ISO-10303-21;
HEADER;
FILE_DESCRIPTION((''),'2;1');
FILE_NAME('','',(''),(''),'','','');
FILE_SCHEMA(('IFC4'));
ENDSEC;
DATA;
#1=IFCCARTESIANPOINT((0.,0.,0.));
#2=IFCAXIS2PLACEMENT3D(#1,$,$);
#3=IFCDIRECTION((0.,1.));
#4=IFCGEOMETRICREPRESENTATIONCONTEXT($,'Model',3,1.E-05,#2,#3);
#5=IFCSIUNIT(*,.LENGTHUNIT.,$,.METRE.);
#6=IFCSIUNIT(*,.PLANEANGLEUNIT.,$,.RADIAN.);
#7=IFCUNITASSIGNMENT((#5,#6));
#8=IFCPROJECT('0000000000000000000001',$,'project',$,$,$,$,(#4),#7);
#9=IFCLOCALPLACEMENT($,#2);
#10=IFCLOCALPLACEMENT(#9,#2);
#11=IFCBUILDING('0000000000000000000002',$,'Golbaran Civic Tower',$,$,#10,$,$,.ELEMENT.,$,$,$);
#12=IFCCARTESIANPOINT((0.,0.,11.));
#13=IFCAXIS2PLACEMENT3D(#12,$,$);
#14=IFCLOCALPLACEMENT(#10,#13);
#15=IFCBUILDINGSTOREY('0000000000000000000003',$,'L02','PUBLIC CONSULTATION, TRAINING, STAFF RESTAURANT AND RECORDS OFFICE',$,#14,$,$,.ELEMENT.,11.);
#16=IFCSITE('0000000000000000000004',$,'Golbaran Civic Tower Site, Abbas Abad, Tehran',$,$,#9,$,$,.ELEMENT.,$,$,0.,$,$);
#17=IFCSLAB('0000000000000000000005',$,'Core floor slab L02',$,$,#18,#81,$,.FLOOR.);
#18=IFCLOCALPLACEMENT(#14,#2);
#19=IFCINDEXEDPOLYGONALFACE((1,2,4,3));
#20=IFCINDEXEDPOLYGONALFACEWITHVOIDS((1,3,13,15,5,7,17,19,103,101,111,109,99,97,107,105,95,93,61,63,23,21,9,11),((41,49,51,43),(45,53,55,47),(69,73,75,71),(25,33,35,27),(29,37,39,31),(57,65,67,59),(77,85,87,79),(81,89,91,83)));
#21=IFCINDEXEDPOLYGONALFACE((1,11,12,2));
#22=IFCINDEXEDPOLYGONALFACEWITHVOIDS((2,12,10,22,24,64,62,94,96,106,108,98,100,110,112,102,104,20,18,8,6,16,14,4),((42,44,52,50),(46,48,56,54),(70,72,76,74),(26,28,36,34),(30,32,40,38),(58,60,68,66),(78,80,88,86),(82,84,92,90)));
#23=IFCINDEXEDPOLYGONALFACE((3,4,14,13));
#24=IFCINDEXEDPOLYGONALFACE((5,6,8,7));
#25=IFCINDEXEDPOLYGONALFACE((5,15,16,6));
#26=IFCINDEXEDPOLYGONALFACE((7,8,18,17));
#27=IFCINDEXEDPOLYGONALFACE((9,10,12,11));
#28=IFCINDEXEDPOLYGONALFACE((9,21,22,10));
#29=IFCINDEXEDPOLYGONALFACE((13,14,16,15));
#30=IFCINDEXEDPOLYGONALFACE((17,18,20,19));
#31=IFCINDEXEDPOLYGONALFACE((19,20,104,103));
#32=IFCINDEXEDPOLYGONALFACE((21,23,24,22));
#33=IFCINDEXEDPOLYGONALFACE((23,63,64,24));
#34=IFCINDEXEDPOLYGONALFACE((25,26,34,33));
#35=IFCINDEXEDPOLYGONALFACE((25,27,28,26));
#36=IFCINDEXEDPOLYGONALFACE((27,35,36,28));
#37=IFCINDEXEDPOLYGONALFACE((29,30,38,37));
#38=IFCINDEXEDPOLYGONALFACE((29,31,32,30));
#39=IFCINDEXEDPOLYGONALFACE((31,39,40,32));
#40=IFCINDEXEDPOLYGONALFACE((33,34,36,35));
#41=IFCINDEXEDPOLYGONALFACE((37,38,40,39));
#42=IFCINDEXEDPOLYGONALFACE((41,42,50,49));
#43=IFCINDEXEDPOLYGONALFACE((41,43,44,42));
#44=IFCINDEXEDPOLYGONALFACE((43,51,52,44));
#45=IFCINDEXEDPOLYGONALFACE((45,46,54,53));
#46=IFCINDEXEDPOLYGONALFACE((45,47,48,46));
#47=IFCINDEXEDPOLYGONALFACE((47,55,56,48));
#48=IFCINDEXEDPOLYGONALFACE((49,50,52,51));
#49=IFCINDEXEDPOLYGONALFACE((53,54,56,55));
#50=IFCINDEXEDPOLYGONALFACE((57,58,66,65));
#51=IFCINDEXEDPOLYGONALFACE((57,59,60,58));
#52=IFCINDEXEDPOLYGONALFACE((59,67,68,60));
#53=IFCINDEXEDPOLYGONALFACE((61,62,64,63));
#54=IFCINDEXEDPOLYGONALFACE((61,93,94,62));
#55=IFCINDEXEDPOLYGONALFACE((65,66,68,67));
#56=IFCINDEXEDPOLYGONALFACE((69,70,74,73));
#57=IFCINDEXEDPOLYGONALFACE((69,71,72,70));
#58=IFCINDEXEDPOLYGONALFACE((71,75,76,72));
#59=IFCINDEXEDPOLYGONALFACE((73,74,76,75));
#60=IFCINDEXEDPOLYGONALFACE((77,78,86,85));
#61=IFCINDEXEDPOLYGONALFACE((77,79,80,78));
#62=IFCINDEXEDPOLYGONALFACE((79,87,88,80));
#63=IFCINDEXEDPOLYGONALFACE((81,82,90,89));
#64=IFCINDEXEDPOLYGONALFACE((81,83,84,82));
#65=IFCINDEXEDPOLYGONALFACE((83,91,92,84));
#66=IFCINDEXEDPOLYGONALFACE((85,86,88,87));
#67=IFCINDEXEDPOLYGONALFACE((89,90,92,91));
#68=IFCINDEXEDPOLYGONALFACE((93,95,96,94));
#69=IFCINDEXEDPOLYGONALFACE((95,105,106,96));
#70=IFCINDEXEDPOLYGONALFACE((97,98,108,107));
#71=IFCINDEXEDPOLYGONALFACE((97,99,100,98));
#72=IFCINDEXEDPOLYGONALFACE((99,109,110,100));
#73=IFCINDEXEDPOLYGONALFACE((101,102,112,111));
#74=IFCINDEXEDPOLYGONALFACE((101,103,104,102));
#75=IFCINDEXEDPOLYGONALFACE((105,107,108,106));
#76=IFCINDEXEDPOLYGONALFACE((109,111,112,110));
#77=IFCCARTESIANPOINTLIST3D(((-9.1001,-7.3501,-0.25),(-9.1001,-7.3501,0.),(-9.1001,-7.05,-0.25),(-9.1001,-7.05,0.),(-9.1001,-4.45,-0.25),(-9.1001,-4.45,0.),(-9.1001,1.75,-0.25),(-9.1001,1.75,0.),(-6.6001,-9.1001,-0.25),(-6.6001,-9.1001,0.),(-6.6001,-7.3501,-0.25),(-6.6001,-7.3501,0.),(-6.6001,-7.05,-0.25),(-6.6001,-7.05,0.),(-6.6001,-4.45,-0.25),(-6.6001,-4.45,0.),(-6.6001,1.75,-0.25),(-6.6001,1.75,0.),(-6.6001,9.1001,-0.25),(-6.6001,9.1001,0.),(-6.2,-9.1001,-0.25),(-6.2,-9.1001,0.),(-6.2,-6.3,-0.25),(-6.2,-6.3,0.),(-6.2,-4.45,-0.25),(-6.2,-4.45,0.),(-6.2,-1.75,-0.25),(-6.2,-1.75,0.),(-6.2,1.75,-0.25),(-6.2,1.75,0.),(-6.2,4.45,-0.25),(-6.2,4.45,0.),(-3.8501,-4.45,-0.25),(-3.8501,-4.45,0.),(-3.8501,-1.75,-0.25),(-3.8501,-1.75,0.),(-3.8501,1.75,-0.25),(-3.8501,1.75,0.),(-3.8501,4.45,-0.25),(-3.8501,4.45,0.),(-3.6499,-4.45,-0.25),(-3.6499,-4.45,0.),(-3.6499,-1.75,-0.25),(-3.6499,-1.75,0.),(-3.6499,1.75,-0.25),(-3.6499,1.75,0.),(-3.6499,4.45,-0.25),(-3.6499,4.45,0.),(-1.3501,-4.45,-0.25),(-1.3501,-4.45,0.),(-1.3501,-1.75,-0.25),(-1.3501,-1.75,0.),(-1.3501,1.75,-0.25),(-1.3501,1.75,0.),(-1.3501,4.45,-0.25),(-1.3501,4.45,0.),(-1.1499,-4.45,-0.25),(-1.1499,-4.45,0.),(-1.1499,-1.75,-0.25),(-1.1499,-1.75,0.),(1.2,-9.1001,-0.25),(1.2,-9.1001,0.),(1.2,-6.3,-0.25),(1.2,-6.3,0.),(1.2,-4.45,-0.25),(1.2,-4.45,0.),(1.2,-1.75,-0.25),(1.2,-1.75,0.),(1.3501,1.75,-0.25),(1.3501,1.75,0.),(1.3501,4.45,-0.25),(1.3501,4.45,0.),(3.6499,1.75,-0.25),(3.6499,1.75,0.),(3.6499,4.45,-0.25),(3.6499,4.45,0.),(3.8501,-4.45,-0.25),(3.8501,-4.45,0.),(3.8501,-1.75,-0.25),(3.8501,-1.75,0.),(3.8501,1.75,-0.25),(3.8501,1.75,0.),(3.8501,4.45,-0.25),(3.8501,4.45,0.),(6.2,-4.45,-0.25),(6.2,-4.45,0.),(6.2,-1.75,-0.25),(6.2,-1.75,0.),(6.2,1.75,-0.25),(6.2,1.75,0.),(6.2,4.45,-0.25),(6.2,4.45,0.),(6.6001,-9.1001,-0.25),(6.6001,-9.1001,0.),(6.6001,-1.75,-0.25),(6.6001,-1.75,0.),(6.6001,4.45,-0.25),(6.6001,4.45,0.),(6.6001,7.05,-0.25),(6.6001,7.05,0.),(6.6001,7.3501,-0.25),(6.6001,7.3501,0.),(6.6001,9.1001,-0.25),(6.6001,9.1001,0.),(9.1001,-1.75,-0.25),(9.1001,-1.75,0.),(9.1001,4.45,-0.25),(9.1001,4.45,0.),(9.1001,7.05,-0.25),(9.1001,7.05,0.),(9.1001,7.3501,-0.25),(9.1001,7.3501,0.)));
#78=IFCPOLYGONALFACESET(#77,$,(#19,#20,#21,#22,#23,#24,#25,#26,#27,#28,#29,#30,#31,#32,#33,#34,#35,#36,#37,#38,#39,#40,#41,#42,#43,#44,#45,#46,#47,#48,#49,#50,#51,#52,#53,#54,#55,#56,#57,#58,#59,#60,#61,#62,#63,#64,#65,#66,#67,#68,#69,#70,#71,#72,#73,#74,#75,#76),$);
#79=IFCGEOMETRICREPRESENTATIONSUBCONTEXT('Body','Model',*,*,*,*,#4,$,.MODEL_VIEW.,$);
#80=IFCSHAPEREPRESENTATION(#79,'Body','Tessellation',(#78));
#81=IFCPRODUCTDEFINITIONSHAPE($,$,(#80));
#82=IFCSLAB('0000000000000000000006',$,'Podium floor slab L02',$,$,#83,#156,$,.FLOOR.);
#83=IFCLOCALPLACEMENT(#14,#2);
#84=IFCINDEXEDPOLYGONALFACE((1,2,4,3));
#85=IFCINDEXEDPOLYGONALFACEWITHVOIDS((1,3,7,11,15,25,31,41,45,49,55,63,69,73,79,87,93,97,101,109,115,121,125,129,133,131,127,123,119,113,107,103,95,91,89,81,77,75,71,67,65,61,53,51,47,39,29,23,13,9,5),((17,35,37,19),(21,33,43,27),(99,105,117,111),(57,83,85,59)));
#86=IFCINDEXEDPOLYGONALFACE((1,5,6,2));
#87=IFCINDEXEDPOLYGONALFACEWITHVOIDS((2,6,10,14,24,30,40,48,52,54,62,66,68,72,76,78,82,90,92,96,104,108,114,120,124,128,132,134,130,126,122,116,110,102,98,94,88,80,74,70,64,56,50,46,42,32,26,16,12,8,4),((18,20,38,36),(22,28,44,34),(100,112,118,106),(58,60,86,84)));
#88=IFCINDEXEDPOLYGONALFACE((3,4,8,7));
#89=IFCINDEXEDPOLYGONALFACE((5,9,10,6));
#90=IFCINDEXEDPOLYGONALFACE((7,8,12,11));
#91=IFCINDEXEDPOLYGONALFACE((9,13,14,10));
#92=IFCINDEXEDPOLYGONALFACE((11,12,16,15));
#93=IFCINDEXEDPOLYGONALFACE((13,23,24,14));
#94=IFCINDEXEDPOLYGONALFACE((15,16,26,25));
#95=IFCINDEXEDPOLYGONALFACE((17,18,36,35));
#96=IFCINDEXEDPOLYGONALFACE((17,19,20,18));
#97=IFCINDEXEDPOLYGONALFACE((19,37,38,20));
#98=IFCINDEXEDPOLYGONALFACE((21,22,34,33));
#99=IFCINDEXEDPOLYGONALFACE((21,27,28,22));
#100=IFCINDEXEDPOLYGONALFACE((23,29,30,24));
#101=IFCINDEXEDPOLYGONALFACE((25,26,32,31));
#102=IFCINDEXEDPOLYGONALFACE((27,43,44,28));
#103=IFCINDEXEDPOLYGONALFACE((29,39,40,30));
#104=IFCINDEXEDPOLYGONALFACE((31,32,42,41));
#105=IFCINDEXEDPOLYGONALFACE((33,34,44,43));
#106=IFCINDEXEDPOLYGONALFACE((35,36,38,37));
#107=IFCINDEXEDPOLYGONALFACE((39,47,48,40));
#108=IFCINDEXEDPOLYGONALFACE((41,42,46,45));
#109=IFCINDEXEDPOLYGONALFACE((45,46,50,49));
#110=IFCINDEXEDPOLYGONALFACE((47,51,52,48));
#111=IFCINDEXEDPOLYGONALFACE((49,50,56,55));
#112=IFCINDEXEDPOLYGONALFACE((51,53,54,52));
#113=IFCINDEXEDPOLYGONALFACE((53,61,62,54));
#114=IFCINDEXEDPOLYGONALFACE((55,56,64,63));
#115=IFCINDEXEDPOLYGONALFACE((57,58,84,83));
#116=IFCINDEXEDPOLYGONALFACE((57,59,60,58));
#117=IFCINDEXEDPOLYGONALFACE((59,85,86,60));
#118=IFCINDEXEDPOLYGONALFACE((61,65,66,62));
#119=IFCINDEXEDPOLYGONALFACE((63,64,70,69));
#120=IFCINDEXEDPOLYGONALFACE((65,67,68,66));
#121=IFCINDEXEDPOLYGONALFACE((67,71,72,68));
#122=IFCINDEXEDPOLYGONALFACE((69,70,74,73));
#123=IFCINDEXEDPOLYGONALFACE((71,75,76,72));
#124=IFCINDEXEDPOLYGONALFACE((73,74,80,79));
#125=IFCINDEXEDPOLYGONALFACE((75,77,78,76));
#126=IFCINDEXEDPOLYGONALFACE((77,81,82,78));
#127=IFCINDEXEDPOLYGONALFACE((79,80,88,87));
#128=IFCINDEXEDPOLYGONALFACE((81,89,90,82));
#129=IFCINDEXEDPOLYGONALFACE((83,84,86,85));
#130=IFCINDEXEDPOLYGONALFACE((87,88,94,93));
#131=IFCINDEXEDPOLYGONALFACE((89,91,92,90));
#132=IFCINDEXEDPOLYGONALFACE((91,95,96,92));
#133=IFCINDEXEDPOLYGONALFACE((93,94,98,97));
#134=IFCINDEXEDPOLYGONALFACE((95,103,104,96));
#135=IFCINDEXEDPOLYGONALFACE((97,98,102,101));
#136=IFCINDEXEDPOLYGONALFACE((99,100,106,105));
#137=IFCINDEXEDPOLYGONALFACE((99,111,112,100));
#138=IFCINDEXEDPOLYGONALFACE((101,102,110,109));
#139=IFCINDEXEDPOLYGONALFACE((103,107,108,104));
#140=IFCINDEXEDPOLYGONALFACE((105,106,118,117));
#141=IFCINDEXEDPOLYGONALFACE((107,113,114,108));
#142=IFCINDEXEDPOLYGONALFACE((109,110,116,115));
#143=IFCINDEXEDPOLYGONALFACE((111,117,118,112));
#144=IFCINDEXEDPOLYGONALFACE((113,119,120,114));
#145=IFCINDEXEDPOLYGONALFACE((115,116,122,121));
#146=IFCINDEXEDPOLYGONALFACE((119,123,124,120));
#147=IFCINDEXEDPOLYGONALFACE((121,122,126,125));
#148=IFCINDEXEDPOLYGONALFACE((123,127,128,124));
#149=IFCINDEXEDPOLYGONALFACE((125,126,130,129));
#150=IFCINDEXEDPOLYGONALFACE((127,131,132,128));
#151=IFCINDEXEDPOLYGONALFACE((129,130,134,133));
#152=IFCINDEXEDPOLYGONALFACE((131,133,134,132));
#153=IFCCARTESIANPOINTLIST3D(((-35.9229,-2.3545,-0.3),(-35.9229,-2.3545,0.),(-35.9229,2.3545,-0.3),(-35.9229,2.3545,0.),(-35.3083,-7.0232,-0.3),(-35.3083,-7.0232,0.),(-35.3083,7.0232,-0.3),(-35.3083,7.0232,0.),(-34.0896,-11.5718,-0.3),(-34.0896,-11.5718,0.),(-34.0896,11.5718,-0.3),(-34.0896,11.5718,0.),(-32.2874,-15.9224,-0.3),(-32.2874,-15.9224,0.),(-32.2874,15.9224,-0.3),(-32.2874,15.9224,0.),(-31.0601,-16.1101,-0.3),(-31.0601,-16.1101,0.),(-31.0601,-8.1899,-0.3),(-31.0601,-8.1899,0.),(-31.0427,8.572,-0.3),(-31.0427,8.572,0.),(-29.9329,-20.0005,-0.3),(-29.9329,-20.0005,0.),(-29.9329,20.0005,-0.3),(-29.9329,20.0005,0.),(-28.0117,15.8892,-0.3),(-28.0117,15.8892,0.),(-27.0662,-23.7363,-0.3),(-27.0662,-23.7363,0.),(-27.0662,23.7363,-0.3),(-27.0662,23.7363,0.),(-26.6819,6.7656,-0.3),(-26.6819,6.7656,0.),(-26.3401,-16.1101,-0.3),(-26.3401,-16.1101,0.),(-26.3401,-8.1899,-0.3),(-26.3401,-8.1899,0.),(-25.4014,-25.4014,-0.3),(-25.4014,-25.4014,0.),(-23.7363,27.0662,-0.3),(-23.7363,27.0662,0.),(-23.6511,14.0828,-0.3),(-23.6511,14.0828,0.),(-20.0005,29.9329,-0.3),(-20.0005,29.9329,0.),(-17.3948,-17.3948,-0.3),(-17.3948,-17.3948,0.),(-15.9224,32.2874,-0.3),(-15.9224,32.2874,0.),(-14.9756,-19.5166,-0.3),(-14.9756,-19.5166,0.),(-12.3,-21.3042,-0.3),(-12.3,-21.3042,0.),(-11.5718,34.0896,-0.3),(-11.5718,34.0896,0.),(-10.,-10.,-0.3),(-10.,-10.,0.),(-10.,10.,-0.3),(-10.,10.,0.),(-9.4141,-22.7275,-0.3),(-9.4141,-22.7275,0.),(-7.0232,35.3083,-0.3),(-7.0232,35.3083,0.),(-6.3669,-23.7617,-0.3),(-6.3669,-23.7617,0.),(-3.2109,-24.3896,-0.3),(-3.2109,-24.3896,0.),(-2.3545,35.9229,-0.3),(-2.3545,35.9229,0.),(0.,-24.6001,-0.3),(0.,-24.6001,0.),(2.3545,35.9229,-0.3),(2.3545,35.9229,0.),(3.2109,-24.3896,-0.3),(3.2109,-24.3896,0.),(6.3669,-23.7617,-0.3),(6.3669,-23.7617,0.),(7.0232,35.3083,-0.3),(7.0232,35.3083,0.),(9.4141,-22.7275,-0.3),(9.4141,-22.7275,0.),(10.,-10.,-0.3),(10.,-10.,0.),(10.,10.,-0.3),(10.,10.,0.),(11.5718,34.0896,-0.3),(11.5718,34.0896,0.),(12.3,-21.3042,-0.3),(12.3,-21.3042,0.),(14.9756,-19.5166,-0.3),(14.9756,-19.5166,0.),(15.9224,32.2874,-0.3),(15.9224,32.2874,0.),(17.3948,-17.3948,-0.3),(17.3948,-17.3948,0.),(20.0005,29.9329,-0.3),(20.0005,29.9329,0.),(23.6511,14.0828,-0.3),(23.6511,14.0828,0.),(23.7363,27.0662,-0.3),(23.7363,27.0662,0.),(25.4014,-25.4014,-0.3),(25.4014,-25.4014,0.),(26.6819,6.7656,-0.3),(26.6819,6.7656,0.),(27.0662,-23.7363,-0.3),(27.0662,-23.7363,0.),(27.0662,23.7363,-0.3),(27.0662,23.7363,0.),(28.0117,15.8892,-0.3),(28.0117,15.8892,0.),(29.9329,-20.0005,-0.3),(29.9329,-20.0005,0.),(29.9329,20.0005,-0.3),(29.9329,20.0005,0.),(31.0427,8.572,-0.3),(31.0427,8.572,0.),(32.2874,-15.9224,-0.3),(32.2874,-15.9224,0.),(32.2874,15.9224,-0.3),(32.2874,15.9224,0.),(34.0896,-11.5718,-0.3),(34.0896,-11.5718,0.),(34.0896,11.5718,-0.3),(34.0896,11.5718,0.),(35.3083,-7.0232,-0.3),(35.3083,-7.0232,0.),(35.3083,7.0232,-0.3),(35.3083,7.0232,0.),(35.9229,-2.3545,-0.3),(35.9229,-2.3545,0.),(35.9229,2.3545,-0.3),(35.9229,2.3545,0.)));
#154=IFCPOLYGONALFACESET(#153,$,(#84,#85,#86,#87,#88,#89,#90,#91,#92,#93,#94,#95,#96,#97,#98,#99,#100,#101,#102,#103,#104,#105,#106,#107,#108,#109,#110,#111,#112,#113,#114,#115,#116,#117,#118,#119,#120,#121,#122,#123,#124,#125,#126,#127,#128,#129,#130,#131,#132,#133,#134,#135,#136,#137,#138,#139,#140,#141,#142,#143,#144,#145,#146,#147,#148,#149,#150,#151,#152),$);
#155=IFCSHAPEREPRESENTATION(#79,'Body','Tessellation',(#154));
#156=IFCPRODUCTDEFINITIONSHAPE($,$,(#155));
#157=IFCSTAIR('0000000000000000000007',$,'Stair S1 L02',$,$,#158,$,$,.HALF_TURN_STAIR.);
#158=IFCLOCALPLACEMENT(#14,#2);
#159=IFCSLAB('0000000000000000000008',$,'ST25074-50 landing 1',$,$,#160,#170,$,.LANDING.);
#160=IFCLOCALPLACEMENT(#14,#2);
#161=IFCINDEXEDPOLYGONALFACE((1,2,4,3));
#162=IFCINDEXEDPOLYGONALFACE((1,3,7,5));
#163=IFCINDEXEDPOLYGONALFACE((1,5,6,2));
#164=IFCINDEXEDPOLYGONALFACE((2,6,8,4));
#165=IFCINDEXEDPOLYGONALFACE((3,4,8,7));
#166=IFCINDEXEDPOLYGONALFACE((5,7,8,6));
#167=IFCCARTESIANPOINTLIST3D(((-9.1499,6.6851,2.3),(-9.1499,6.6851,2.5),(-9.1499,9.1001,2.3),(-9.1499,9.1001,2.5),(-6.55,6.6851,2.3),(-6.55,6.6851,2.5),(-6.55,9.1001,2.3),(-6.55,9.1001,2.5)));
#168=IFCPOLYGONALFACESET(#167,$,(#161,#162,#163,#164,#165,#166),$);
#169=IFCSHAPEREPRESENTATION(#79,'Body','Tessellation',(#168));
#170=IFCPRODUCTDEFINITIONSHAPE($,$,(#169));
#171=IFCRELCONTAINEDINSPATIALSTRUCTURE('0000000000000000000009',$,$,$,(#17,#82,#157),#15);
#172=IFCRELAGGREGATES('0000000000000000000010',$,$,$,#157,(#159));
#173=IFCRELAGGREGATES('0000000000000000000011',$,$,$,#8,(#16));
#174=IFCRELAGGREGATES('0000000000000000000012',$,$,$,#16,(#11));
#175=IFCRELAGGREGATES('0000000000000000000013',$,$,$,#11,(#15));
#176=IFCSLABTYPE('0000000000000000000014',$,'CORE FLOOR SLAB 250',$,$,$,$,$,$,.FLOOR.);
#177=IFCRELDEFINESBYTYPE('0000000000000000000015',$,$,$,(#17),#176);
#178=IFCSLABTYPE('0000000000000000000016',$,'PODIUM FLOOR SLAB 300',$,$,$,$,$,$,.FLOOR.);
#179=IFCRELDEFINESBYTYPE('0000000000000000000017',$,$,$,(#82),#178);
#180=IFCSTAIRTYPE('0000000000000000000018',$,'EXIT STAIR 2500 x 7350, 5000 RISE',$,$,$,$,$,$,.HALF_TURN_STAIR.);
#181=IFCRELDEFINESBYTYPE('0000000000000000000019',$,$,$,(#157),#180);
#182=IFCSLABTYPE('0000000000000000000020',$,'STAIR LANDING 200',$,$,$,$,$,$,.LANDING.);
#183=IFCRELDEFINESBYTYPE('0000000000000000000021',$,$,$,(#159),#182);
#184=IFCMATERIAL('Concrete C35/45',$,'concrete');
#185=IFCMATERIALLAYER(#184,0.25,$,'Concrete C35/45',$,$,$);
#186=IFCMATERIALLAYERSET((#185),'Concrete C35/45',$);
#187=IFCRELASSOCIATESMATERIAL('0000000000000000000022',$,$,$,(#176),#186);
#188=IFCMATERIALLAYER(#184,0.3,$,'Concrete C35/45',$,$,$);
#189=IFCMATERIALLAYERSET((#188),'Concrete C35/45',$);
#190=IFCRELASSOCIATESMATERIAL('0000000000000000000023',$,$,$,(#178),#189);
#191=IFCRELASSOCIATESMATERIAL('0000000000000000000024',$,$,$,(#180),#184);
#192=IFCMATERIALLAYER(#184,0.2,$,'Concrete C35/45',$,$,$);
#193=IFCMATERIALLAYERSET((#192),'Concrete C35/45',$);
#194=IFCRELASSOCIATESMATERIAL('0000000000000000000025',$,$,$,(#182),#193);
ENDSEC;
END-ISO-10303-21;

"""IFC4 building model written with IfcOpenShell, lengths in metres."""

from ifc_helpers import new_model, si_unit, direction, frame, origin, place, context, subcontext, project, spatial, polyline, outline, extrude, material, layer, layer_set, type_object, element, aggregate, save


model = new_model("IFC4")

# Units and contexts
model_context = context("Model", 3, precision=1e-05, world=origin(), true_north=direction((0.0, 1.0)))
body_context = subcontext(model_context, "Body", "Model", "MODEL_VIEW")
ifc_project = project(units=[si_unit("LENGTHUNIT", "METRE"), si_unit("PLANEANGLEUNIT", "RADIAN")], contexts=[model_context])

# Site, building, storey
site_placement = place(None, origin())
site = spatial("IfcSite", under=ifc_project, at=site_placement, Name="Golbaran Civic Tower Site, Abbas Abad, Tehran", CompositionType="ELEMENT", RefElevation=0.0)
building_placement = place(site_placement, origin())
building = spatial("IfcBuilding", under=site, at=building_placement, Name="Golbaran Civic Tower", CompositionType="ELEMENT")
storey_placement = place(building_placement, frame((0.0, 0.0, 11.0)))
storey = spatial("IfcBuildingStorey", under=building, at=storey_placement, Name="L02", Description="PUBLIC CONSULTATION, TRAINING, STAFF RESTAURANT AND RECORDS OFFICE", CompositionType="ELEMENT", Elevation=11.0)

# Slabs
ifc_material_1 = material(Name="Concrete C35/45", Category="concrete")
ifc_layer_1 = layer(ifc_material_1, 0.25, Name="Concrete C35/45")
ifc_layer_set_1 = layer_set([ifc_layer_1], Name="Concrete C35/45")
slab_type_1 = type_object("IfcSlabType", Name="CORE FLOOR SLAB 250", PredefinedType="FLOOR", material=ifc_layer_set_1)
slab_1_placement = place(storey_placement, frame((0.0, 0.0, -0.25)))
element("IfcSlab", 1, at=slab_1_placement, inside=storey, type_object=slab_type_1, Name="Core floor slab L02", PredefinedType="FLOOR", context=body_context, shape_type="SweptSolid", body=[
    extrude(outline(polyline([(6.6001, -1.75), (6.6001, -9.1001), (1.2, -9.1001), (1.2, -6.3), (-6.2, -6.3), (-6.2, -9.1001), (-6.6001, -9.1001), (-6.6001, -7.3501), (-9.1001, -7.3501), (-9.1001, -7.05), (-6.6001, -7.05), (-6.6001, -4.45), (-9.1001, -4.45), (-9.1001, 1.75), (-6.6001, 1.75), (-6.6001, 9.1001), (6.6001, 9.1001), (6.6001, 7.3501), (9.1001, 7.3501), (9.1001, 7.05), (6.6001, 7.05), (6.6001, 4.45), (9.1001, 4.45), (9.1001, -1.75), (6.6001, -1.75)]), holes=[polyline([(6.2, -1.75), (3.8501, -1.75), (3.8501, -4.45), (6.2, -4.45), (6.2, -1.75)]), polyline([(6.2, 4.45), (3.8501, 4.45), (3.8501, 1.75), (6.2, 1.75), (6.2, 4.45)]), polyline([(3.6499, 4.45), (1.3501, 4.45), (1.3501, 1.75), (3.6499, 1.75), (3.6499, 4.45)]), polyline([(1.2, -1.75), (-1.1499, -1.75), (-1.1499, -4.45), (1.2, -4.45), (1.2, -1.75)]), polyline([(-1.3501, 4.45), (-3.6499, 4.45), (-3.6499, 1.75), (-1.3501, 1.75), (-1.3501, 4.45)]), polyline([(-1.3501, -1.75), (-3.6499, -1.75), (-3.6499, -4.45), (-1.3501, -4.45), (-1.3501, -1.75)]), polyline([(-3.8501, -1.75), (-6.2, -1.75), (-6.2, -4.45), (-3.8501, -4.45), (-3.8501, -1.75)]), polyline([(-3.8501, 4.45), (-6.2, 4.45), (-6.2, 1.75), (-3.8501, 1.75), (-3.8501, 4.45)])]), origin(), (0.0, 0.0, 1.0), 0.25),
])
ifc_layer_2 = layer(ifc_material_1, 0.3, Name="Concrete C35/45")
ifc_layer_set_2 = layer_set([ifc_layer_2], Name="Concrete C35/45")
slab_type_2 = type_object("IfcSlabType", Name="PODIUM FLOOR SLAB 300", PredefinedType="FLOOR", material=ifc_layer_set_2)
slab_2_placement = place(storey_placement, frame((0.0, 0.0, -0.3)))
element("IfcSlab", 2, at=slab_2_placement, inside=storey, type_object=slab_type_2, Name="Podium floor slab L02", PredefinedType="FLOOR", context=body_context, shape_type="SweptSolid", body=[
    extrude(outline(polyline([(32.2874, -15.9224), (29.9329, -20.0005), (27.0662, -23.7363), (25.4014, -25.4014), (17.3948, -17.3948), (14.9756, -19.5166), (12.3, -21.3042), (9.4141, -22.7275), (6.3669, -23.7617), (3.2109, -24.3896), (0.0, -24.6001), (-3.2109, -24.3896), (-6.3669, -23.7617), (-9.4141, -22.7275), (-12.3, -21.3042), (-14.9756, -19.5166), (-17.3948, -17.3948), (-25.4014, -25.4014), (-27.0662, -23.7363), (-29.9329, -20.0005), (-32.2874, -15.9224), (-34.0896, -11.5718), (-35.3083, -7.0232), (-35.9229, -2.3545), (-35.9229, 2.3545), (-35.3083, 7.0232), (-34.0896, 11.5718), (-32.2874, 15.9224), (-29.9329, 20.0005), (-27.0662, 23.7363), (-23.7363, 27.0662), (-20.0005, 29.9329), (-15.9224, 32.2874), (-11.5718, 34.0896), (-7.0232, 35.3083), (-2.3545, 35.9229), (2.3545, 35.9229), (7.0232, 35.3083), (11.5718, 34.0896), (15.9224, 32.2874), (20.0005, 29.9329), (23.7363, 27.0662), (27.0662, 23.7363), (29.9329, 20.0005), (32.2874, 15.9224), (34.0896, 11.5718), (35.3083, 7.0232), (35.9229, 2.3545), (35.9229, -2.3545), (35.3083, -7.0232), (34.0896, -11.5718), (32.2874, -15.9224)]), holes=[polyline([(31.0427, 8.572), (28.0117, 15.8892), (23.6511, 14.0828), (26.6819, 6.7656), (31.0427, 8.572)]), polyline([(10.0, -10.0), (10.0, 10.0), (-10.0, 10.0), (-10.0, -10.0), (10.0, -10.0)]), polyline([(-28.0117, 15.8892), (-31.0427, 8.572), (-26.6819, 6.7656), (-23.6511, 14.0828), (-28.0117, 15.8892)]), polyline([(-31.0601, -16.1101), (-26.3401, -16.1101), (-26.3401, -8.1899), (-31.0601, -8.1899), (-31.0601, -16.1101)])]), origin(), (0.0, 0.0, 1.0), 0.3),
])

# Stair, slab
stair_type_1 = type_object("IfcStairType", Name="EXIT STAIR 2500 x 7350, 5000 RISE", PredefinedType="HALF_TURN_STAIR", material=ifc_material_1)
stair_1_placement = place(storey_placement, origin())
stair_1 = element("IfcStair", 3, at=stair_1_placement, inside=storey, type_object=stair_type_1, Name="Stair S1 L02", PredefinedType="HALF_TURN_STAIR")
ifc_layer_3 = layer(ifc_material_1, 0.2, Name="Concrete C35/45")
ifc_layer_set_3 = layer_set([ifc_layer_3], Name="Concrete C35/45")
slab_type_3 = type_object("IfcSlabType", Name="STAIR LANDING 200", PredefinedType="LANDING", material=ifc_layer_set_3)
slab_3_placement = place(storey_placement, frame((0.0, 0.0, 2.3)))
slab_3 = element("IfcSlab", 4, at=slab_3_placement, type_object=slab_type_3, Name="ST25074-50 landing 1", PredefinedType="LANDING", context=body_context, shape_type="SweptSolid", body=[
    extrude(outline(polyline([(-9.1499, 6.6851), (-9.1499, 9.1001), (-6.55, 9.1001), (-6.55, 6.6851), (-9.1499, 6.6851)])), origin(), (0.0, 0.0, 1.0), 0.2),
])
aggregate(stair_1, [slab_3])

save(model, "model.ifc")
